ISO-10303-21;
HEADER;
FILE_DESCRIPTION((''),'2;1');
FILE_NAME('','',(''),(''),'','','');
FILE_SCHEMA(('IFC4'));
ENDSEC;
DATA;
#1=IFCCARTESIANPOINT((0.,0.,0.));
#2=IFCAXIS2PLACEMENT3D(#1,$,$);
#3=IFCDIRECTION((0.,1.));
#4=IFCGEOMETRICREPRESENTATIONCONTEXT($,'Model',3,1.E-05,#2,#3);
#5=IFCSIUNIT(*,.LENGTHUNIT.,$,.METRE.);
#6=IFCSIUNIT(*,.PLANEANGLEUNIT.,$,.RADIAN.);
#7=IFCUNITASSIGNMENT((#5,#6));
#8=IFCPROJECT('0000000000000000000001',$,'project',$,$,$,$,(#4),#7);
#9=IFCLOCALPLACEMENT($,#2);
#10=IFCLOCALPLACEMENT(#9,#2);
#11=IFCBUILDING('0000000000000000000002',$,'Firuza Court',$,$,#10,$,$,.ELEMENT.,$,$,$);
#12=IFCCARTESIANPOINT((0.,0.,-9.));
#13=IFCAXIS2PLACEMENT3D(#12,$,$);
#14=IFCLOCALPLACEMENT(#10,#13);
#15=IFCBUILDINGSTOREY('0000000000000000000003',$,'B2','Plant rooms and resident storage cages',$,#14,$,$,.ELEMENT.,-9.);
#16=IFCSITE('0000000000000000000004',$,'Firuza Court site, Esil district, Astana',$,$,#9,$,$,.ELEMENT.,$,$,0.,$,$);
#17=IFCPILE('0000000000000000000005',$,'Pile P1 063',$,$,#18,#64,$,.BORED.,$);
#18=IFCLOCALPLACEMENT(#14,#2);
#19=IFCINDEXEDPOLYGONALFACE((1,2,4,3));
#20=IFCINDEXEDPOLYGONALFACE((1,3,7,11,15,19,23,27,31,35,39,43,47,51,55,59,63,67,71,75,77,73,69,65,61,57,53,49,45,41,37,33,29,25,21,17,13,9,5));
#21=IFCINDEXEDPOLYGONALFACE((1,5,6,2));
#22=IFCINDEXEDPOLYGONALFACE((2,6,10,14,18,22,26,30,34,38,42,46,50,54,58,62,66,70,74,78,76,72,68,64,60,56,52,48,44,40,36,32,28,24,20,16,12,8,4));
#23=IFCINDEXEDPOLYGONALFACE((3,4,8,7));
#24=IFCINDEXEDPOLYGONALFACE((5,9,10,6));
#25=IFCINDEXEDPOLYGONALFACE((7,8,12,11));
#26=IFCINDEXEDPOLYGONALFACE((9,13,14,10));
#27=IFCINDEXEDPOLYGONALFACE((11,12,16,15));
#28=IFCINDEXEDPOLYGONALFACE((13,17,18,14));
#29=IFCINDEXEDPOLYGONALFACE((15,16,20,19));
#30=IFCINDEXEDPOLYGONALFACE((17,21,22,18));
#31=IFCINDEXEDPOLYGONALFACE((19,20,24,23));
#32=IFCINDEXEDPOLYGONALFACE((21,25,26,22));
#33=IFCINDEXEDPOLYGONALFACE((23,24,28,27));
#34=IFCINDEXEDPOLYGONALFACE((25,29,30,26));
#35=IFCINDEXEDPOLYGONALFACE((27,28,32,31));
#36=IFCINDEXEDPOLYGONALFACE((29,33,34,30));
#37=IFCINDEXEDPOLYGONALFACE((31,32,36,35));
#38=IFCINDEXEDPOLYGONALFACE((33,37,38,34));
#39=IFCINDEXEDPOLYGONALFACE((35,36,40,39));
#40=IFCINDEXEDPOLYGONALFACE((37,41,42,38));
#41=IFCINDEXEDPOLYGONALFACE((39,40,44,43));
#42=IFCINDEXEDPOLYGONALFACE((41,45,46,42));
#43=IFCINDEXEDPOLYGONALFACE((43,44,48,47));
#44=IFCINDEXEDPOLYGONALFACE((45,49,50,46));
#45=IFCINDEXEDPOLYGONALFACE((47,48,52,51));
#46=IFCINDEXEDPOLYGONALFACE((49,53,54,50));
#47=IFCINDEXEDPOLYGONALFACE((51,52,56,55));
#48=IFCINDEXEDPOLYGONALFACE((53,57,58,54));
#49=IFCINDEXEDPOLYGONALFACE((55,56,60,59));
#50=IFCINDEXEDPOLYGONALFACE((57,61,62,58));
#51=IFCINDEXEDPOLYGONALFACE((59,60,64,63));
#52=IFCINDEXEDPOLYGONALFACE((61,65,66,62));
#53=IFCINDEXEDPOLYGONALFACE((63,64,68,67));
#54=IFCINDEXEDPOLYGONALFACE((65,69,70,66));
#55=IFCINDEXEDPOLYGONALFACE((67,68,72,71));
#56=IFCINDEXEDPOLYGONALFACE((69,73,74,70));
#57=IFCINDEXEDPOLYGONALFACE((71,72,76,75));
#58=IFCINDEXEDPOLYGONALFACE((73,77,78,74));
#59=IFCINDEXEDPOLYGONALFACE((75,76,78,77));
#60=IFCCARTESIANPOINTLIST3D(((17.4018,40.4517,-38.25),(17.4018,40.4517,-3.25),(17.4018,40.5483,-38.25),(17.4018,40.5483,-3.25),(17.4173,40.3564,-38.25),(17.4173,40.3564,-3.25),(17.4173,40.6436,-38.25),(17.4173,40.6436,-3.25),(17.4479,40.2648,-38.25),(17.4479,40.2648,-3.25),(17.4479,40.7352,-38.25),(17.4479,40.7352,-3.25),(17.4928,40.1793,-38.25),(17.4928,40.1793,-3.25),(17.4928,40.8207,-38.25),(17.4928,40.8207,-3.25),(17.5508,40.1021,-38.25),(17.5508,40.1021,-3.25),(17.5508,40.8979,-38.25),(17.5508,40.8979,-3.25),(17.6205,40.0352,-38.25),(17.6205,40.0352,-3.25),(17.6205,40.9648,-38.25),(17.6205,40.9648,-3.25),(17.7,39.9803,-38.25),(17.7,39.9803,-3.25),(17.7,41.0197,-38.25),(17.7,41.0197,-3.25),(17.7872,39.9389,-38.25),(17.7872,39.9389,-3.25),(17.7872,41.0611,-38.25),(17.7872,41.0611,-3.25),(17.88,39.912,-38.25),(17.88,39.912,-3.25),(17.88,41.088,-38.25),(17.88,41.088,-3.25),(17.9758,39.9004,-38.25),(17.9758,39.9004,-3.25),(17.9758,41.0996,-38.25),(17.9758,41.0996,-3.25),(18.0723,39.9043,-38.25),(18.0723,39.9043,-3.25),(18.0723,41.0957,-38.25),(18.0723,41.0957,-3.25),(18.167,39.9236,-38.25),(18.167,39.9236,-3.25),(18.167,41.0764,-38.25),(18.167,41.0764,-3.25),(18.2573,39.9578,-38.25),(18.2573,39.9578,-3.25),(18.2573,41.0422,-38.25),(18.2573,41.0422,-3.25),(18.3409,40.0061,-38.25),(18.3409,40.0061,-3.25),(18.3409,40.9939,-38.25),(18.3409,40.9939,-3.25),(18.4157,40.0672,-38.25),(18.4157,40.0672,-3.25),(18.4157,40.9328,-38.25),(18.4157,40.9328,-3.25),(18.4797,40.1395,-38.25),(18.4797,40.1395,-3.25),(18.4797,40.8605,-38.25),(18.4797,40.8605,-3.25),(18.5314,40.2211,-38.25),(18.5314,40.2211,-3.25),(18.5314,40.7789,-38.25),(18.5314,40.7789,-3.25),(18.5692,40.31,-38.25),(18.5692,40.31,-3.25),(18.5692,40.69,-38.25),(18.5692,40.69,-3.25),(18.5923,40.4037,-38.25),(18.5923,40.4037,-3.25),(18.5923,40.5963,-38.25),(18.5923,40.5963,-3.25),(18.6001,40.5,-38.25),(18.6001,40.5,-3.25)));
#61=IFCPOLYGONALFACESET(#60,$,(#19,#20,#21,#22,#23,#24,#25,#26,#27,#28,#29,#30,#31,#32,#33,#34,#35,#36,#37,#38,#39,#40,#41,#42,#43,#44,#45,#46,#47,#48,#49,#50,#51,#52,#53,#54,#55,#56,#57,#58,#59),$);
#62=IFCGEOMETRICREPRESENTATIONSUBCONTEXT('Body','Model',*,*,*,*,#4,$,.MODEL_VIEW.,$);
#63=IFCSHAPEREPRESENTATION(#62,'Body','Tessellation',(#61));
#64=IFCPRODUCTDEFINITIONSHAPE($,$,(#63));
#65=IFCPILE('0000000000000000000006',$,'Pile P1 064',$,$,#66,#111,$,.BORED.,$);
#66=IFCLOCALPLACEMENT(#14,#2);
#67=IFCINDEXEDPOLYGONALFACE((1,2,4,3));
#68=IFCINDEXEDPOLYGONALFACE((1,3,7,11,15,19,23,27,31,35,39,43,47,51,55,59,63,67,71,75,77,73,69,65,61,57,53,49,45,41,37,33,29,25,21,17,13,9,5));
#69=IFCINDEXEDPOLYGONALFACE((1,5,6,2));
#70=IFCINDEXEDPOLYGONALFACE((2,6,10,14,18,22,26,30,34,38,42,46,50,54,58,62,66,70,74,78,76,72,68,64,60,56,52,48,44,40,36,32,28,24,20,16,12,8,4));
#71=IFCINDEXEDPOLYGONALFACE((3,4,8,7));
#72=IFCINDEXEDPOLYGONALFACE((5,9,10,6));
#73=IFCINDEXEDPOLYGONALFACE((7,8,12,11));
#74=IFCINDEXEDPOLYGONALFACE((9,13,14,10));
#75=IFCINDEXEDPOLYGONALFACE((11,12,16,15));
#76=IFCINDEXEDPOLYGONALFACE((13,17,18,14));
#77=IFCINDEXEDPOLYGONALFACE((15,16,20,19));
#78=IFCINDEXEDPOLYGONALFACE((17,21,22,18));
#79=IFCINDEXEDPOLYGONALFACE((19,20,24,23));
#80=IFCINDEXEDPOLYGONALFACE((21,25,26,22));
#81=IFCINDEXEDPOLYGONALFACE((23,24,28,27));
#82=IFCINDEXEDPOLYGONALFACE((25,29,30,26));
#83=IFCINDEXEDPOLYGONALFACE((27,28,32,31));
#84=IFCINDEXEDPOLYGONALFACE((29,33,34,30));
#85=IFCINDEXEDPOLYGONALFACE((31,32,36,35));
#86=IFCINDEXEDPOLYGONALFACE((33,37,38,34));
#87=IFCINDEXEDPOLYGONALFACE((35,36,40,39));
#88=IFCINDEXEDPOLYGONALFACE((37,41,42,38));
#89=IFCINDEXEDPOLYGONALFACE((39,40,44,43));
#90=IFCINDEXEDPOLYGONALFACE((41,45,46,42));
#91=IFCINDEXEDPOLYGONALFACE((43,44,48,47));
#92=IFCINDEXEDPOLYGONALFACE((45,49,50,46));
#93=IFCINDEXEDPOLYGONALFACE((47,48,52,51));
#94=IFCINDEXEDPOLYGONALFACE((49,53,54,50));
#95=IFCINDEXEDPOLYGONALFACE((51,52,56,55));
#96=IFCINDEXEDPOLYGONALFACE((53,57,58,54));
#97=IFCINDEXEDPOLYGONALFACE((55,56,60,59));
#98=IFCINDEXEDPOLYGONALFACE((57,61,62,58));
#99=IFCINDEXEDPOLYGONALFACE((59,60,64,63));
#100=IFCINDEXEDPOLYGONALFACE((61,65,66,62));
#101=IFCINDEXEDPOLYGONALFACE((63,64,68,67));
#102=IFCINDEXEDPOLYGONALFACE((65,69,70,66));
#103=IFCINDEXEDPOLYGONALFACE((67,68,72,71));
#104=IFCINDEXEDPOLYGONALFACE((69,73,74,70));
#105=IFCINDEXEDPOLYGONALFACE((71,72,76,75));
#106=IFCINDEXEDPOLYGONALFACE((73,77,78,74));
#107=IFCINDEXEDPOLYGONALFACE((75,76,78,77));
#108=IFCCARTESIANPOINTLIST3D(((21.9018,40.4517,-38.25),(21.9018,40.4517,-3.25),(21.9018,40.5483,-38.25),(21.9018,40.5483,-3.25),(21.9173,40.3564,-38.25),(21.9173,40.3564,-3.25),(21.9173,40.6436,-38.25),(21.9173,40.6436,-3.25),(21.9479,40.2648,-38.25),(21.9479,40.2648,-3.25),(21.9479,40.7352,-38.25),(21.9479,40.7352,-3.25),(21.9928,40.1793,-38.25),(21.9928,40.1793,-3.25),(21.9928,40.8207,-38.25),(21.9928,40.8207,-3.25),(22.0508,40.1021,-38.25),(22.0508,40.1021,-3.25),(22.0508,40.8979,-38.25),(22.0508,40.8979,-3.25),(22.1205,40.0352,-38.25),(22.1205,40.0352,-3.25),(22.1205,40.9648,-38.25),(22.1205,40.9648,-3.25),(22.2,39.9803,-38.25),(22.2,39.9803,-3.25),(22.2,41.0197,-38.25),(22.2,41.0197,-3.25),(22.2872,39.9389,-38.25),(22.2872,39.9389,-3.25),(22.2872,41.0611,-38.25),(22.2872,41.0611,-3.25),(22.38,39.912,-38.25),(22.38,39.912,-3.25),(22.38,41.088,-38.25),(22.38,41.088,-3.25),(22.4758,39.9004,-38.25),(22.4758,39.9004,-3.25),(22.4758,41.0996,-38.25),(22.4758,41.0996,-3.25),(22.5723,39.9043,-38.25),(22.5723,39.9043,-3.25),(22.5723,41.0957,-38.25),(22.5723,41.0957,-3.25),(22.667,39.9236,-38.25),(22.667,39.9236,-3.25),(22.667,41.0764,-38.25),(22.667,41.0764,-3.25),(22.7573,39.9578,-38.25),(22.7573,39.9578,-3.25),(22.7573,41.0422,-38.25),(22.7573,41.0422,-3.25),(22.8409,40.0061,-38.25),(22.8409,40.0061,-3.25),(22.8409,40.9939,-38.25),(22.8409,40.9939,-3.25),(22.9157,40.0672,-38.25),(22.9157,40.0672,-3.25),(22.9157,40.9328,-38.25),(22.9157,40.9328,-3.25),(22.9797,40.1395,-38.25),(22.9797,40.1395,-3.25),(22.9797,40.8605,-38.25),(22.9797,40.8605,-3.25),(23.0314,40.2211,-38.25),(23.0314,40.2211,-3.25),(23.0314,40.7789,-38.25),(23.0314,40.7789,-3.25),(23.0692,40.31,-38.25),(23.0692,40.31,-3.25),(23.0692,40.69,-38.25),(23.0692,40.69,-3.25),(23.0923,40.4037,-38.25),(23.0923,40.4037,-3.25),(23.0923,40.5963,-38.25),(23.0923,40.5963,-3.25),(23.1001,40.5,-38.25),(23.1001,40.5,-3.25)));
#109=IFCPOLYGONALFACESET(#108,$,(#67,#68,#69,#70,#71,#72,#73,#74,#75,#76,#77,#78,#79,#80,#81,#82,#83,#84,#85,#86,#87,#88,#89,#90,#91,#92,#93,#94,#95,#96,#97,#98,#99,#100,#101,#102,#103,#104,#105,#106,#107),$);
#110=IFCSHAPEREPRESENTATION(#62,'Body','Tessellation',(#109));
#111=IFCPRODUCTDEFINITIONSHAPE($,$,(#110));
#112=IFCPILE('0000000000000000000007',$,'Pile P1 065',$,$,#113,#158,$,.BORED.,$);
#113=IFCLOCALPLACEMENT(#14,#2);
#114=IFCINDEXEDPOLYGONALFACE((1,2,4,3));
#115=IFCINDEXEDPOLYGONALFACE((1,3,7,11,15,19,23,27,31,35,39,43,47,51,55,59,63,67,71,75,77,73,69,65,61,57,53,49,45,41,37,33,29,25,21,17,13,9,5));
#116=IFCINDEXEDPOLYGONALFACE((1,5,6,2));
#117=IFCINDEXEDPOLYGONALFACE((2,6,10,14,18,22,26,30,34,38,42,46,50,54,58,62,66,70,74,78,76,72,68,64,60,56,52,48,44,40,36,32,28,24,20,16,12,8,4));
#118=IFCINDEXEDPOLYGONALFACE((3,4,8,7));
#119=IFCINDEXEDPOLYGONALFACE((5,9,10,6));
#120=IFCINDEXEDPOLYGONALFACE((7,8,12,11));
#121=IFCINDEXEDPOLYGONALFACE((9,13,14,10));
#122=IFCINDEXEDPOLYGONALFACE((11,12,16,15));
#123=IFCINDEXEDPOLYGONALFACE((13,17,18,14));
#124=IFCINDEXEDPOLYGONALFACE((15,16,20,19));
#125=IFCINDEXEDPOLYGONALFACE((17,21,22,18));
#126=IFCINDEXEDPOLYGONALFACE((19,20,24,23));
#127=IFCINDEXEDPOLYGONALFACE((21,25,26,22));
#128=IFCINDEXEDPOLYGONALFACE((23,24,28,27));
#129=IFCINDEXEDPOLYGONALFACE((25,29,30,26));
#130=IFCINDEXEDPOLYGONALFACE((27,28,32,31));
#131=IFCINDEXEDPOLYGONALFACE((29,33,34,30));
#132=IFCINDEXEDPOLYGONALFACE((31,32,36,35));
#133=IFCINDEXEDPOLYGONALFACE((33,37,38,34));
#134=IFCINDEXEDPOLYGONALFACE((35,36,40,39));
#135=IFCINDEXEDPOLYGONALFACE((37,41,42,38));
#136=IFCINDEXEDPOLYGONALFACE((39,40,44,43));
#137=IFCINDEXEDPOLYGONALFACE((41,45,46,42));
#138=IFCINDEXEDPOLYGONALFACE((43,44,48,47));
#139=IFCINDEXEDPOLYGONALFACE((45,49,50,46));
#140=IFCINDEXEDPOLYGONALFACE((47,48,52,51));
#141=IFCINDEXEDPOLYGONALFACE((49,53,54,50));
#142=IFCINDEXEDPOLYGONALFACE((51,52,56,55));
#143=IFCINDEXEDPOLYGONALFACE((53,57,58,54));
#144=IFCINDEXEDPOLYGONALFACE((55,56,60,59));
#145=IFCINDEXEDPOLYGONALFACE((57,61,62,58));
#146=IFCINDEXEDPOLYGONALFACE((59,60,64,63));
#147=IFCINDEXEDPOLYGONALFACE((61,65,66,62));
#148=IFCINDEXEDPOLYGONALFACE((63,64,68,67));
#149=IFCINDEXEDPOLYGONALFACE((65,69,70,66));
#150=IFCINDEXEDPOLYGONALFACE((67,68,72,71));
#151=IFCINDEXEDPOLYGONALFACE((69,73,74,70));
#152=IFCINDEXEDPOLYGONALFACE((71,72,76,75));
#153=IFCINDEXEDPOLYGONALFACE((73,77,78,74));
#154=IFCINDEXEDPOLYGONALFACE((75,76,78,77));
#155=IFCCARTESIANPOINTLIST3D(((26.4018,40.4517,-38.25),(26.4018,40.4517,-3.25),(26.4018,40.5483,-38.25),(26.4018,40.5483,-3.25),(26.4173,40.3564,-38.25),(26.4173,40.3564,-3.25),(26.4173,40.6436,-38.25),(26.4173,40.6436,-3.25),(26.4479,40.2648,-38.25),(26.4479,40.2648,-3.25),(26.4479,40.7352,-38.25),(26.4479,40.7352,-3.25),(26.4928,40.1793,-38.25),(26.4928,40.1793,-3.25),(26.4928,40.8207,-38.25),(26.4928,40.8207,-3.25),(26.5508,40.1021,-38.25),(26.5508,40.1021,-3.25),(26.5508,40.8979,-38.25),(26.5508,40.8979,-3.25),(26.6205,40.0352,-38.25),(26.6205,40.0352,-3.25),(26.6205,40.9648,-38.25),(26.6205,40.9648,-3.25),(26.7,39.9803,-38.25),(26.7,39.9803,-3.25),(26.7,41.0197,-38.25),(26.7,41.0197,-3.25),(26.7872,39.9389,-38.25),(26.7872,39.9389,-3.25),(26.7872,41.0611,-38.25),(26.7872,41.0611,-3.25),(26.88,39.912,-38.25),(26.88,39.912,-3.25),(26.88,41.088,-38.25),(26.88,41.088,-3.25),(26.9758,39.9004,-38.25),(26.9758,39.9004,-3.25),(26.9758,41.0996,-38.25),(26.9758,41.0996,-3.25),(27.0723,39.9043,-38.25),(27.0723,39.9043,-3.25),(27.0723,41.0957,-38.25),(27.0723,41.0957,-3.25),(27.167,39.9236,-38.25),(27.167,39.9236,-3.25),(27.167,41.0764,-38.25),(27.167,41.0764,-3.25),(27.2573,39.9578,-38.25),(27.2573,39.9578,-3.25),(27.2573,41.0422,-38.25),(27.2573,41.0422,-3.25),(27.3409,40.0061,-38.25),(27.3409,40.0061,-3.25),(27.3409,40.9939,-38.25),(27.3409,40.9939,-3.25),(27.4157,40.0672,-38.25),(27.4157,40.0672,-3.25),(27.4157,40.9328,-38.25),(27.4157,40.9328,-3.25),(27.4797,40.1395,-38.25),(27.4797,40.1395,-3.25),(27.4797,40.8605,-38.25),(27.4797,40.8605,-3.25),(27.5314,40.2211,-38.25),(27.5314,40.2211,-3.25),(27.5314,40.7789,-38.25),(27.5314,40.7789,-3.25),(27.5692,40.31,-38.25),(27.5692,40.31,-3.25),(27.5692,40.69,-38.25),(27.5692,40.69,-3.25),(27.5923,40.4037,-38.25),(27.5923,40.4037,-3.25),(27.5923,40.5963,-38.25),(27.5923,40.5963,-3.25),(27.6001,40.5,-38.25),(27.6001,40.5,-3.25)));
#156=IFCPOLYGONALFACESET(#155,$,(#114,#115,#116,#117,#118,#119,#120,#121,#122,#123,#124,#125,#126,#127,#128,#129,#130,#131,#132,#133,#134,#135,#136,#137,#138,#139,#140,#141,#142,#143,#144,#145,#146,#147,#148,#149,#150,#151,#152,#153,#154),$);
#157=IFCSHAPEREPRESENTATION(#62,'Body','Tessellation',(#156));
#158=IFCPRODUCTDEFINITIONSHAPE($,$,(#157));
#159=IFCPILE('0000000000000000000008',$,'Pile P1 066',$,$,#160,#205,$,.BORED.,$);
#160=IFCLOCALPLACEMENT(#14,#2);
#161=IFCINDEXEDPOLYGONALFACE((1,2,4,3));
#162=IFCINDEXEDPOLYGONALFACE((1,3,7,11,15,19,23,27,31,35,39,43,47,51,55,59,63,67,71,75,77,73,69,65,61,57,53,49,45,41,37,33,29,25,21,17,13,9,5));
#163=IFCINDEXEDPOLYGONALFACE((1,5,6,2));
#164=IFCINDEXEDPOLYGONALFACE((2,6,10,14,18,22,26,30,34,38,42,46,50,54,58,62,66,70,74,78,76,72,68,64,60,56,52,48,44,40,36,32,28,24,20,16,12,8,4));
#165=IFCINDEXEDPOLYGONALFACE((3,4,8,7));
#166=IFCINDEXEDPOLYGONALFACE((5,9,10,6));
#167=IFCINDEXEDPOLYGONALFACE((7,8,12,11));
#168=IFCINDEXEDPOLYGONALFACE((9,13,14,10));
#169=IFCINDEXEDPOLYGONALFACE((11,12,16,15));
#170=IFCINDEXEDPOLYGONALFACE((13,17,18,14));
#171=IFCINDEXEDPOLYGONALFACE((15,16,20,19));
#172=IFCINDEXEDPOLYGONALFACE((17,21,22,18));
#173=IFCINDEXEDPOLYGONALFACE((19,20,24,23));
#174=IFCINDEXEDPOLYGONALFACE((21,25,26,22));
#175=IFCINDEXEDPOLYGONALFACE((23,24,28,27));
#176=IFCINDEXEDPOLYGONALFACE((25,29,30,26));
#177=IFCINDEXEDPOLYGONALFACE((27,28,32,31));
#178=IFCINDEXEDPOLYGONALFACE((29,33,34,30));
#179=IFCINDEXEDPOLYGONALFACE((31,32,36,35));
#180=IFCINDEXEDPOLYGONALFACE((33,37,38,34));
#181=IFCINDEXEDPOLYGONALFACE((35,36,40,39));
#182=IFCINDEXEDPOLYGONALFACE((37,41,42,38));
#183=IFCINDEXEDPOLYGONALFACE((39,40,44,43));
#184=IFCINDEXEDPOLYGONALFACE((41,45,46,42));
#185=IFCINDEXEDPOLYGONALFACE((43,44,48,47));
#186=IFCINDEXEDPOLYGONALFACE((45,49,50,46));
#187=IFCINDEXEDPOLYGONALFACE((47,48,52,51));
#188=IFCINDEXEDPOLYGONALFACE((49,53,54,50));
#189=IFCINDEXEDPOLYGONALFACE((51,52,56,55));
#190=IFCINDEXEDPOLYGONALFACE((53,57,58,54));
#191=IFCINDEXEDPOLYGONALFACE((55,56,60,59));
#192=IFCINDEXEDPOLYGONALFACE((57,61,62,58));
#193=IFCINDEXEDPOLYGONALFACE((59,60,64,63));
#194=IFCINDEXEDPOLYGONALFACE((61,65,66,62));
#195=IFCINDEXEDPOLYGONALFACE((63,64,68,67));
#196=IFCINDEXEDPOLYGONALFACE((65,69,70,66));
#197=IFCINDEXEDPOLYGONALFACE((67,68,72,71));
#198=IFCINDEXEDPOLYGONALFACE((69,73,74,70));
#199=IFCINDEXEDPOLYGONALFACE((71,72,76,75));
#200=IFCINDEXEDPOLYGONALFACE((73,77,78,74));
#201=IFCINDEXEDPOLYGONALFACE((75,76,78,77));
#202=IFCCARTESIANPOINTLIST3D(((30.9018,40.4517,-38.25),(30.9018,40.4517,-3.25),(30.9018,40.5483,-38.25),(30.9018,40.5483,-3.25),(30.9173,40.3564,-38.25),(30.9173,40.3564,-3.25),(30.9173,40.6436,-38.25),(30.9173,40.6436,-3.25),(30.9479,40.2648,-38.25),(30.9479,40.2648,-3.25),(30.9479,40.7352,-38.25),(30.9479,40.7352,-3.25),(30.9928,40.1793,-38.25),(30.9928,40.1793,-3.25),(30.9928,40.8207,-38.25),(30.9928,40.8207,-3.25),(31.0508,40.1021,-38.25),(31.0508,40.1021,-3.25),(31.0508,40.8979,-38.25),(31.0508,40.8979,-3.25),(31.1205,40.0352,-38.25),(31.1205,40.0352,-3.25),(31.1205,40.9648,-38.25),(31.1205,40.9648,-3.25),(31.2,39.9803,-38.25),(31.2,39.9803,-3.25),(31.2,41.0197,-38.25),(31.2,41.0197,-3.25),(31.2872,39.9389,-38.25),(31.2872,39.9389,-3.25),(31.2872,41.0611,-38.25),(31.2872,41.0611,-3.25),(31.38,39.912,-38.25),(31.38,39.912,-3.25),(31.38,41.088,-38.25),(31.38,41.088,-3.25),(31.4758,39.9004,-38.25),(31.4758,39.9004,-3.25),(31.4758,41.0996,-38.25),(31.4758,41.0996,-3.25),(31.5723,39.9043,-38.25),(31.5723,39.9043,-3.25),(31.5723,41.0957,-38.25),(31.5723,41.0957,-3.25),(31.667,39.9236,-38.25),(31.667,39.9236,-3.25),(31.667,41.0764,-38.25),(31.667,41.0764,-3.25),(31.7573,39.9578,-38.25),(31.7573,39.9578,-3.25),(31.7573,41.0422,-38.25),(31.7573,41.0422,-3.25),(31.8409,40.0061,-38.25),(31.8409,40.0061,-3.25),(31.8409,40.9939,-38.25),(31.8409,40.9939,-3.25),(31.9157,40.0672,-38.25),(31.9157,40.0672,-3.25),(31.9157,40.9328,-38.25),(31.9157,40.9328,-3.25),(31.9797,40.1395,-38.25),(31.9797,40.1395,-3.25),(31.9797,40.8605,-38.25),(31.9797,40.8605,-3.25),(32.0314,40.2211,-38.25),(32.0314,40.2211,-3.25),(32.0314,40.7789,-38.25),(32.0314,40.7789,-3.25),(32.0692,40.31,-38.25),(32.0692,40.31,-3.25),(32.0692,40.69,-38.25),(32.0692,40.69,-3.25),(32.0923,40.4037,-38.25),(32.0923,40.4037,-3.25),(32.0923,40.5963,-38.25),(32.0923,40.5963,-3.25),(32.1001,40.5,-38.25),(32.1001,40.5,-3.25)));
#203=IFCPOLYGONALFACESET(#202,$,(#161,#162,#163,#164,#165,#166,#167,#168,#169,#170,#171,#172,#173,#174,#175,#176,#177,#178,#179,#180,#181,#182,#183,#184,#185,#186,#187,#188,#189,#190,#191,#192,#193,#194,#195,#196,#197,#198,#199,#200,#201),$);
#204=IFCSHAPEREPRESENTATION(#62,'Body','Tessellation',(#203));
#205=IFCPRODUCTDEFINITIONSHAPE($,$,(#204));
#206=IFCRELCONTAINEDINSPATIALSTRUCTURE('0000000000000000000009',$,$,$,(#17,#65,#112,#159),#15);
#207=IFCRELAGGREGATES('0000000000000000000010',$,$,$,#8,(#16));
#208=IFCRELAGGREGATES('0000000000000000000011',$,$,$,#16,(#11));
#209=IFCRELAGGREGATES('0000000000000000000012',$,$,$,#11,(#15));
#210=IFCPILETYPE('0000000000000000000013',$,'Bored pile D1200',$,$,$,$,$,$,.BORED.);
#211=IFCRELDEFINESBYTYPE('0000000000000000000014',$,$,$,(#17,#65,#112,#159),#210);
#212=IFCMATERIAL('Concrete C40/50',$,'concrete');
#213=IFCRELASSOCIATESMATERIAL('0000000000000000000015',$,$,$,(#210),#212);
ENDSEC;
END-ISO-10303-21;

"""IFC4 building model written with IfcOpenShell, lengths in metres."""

from ifc_helpers import new_model, si_unit, direction, frame, origin, origin_2d, place, context, subcontext, project, spatial, circle, extrude, material, material_profile, profile_set, type_object, element, save


model = new_model("IFC4")

# Units and contexts
model_context = context("Model", 3, precision=1e-05, world=origin(), true_north=direction((0.0, 1.0)))
body_context = subcontext(model_context, "Body", "Model", "MODEL_VIEW")
ifc_project = project(units=[si_unit("LENGTHUNIT", "METRE"), si_unit("PLANEANGLEUNIT", "RADIAN")], contexts=[model_context])

# Site, building, storey
site_placement = place(None, origin())
site = spatial("IfcSite", under=ifc_project, at=site_placement, Name="Firuza Court site, Esil district, Astana", CompositionType="ELEMENT", RefElevation=0.0)
building_placement = place(site_placement, origin())
building = spatial("IfcBuilding", under=site, at=building_placement, Name="Firuza Court", CompositionType="ELEMENT")
storey_placement = place(building_placement, frame((0.0, 0.0, -9.0)))
storey = spatial("IfcBuildingStorey", under=building, at=storey_placement, Name="B2", Description="Plant rooms and resident storage cages", CompositionType="ELEMENT", Elevation=-9.0)

# Piles
ifc_material_1 = material(Name="Concrete C40/50", Category="concrete")
ifc_material_profile_1 = material_profile(ifc_material_1, circle(Radius=0.6001, at=origin_2d()), Name="Pile D1200")
ifc_profile_set_1 = profile_set([ifc_material_profile_1], Name="Concrete C40/50")
pile_type = type_object("IfcPileType", Name="Bored pile D1200", PredefinedType="BORED", material=ifc_profile_set_1)
for number, where, z_axis, x_axis, name in (
    (1, (18.0, 40.5, -3.25), (0.0, 0.0, -1.0), (1.0, 0.0, 0.0), "Pile P1 063"),
    (2, (22.5, 40.5, -3.25), (0.0, 0.0, -1.0), (1.0, 0.0, 0.0), "Pile P1 064"),
    (3, (27.0, 40.5, -3.25), (0.0, 0.0, -1.0), (1.0, 0.0, 0.0), "Pile P1 065"),
    (4, (31.5, 40.5, -3.25), (0.0, 0.0, -1.0), (1.0, 0.0, 0.0), "Pile P1 066"),
):
    element("IfcPile", number, at=place(storey_placement, frame(where, z_axis=z_axis, x_axis=x_axis)), inside=storey, type_object=pile_type, Name=name, PredefinedType="BORED", context=body_context, shape_type="SweptSolid", body=[
        extrude(circle(Radius=0.6001, at=origin_2d()), origin(), (0.0, 0.0, 1.0), 35.0),
    ])

save(model, "model.ifc")
